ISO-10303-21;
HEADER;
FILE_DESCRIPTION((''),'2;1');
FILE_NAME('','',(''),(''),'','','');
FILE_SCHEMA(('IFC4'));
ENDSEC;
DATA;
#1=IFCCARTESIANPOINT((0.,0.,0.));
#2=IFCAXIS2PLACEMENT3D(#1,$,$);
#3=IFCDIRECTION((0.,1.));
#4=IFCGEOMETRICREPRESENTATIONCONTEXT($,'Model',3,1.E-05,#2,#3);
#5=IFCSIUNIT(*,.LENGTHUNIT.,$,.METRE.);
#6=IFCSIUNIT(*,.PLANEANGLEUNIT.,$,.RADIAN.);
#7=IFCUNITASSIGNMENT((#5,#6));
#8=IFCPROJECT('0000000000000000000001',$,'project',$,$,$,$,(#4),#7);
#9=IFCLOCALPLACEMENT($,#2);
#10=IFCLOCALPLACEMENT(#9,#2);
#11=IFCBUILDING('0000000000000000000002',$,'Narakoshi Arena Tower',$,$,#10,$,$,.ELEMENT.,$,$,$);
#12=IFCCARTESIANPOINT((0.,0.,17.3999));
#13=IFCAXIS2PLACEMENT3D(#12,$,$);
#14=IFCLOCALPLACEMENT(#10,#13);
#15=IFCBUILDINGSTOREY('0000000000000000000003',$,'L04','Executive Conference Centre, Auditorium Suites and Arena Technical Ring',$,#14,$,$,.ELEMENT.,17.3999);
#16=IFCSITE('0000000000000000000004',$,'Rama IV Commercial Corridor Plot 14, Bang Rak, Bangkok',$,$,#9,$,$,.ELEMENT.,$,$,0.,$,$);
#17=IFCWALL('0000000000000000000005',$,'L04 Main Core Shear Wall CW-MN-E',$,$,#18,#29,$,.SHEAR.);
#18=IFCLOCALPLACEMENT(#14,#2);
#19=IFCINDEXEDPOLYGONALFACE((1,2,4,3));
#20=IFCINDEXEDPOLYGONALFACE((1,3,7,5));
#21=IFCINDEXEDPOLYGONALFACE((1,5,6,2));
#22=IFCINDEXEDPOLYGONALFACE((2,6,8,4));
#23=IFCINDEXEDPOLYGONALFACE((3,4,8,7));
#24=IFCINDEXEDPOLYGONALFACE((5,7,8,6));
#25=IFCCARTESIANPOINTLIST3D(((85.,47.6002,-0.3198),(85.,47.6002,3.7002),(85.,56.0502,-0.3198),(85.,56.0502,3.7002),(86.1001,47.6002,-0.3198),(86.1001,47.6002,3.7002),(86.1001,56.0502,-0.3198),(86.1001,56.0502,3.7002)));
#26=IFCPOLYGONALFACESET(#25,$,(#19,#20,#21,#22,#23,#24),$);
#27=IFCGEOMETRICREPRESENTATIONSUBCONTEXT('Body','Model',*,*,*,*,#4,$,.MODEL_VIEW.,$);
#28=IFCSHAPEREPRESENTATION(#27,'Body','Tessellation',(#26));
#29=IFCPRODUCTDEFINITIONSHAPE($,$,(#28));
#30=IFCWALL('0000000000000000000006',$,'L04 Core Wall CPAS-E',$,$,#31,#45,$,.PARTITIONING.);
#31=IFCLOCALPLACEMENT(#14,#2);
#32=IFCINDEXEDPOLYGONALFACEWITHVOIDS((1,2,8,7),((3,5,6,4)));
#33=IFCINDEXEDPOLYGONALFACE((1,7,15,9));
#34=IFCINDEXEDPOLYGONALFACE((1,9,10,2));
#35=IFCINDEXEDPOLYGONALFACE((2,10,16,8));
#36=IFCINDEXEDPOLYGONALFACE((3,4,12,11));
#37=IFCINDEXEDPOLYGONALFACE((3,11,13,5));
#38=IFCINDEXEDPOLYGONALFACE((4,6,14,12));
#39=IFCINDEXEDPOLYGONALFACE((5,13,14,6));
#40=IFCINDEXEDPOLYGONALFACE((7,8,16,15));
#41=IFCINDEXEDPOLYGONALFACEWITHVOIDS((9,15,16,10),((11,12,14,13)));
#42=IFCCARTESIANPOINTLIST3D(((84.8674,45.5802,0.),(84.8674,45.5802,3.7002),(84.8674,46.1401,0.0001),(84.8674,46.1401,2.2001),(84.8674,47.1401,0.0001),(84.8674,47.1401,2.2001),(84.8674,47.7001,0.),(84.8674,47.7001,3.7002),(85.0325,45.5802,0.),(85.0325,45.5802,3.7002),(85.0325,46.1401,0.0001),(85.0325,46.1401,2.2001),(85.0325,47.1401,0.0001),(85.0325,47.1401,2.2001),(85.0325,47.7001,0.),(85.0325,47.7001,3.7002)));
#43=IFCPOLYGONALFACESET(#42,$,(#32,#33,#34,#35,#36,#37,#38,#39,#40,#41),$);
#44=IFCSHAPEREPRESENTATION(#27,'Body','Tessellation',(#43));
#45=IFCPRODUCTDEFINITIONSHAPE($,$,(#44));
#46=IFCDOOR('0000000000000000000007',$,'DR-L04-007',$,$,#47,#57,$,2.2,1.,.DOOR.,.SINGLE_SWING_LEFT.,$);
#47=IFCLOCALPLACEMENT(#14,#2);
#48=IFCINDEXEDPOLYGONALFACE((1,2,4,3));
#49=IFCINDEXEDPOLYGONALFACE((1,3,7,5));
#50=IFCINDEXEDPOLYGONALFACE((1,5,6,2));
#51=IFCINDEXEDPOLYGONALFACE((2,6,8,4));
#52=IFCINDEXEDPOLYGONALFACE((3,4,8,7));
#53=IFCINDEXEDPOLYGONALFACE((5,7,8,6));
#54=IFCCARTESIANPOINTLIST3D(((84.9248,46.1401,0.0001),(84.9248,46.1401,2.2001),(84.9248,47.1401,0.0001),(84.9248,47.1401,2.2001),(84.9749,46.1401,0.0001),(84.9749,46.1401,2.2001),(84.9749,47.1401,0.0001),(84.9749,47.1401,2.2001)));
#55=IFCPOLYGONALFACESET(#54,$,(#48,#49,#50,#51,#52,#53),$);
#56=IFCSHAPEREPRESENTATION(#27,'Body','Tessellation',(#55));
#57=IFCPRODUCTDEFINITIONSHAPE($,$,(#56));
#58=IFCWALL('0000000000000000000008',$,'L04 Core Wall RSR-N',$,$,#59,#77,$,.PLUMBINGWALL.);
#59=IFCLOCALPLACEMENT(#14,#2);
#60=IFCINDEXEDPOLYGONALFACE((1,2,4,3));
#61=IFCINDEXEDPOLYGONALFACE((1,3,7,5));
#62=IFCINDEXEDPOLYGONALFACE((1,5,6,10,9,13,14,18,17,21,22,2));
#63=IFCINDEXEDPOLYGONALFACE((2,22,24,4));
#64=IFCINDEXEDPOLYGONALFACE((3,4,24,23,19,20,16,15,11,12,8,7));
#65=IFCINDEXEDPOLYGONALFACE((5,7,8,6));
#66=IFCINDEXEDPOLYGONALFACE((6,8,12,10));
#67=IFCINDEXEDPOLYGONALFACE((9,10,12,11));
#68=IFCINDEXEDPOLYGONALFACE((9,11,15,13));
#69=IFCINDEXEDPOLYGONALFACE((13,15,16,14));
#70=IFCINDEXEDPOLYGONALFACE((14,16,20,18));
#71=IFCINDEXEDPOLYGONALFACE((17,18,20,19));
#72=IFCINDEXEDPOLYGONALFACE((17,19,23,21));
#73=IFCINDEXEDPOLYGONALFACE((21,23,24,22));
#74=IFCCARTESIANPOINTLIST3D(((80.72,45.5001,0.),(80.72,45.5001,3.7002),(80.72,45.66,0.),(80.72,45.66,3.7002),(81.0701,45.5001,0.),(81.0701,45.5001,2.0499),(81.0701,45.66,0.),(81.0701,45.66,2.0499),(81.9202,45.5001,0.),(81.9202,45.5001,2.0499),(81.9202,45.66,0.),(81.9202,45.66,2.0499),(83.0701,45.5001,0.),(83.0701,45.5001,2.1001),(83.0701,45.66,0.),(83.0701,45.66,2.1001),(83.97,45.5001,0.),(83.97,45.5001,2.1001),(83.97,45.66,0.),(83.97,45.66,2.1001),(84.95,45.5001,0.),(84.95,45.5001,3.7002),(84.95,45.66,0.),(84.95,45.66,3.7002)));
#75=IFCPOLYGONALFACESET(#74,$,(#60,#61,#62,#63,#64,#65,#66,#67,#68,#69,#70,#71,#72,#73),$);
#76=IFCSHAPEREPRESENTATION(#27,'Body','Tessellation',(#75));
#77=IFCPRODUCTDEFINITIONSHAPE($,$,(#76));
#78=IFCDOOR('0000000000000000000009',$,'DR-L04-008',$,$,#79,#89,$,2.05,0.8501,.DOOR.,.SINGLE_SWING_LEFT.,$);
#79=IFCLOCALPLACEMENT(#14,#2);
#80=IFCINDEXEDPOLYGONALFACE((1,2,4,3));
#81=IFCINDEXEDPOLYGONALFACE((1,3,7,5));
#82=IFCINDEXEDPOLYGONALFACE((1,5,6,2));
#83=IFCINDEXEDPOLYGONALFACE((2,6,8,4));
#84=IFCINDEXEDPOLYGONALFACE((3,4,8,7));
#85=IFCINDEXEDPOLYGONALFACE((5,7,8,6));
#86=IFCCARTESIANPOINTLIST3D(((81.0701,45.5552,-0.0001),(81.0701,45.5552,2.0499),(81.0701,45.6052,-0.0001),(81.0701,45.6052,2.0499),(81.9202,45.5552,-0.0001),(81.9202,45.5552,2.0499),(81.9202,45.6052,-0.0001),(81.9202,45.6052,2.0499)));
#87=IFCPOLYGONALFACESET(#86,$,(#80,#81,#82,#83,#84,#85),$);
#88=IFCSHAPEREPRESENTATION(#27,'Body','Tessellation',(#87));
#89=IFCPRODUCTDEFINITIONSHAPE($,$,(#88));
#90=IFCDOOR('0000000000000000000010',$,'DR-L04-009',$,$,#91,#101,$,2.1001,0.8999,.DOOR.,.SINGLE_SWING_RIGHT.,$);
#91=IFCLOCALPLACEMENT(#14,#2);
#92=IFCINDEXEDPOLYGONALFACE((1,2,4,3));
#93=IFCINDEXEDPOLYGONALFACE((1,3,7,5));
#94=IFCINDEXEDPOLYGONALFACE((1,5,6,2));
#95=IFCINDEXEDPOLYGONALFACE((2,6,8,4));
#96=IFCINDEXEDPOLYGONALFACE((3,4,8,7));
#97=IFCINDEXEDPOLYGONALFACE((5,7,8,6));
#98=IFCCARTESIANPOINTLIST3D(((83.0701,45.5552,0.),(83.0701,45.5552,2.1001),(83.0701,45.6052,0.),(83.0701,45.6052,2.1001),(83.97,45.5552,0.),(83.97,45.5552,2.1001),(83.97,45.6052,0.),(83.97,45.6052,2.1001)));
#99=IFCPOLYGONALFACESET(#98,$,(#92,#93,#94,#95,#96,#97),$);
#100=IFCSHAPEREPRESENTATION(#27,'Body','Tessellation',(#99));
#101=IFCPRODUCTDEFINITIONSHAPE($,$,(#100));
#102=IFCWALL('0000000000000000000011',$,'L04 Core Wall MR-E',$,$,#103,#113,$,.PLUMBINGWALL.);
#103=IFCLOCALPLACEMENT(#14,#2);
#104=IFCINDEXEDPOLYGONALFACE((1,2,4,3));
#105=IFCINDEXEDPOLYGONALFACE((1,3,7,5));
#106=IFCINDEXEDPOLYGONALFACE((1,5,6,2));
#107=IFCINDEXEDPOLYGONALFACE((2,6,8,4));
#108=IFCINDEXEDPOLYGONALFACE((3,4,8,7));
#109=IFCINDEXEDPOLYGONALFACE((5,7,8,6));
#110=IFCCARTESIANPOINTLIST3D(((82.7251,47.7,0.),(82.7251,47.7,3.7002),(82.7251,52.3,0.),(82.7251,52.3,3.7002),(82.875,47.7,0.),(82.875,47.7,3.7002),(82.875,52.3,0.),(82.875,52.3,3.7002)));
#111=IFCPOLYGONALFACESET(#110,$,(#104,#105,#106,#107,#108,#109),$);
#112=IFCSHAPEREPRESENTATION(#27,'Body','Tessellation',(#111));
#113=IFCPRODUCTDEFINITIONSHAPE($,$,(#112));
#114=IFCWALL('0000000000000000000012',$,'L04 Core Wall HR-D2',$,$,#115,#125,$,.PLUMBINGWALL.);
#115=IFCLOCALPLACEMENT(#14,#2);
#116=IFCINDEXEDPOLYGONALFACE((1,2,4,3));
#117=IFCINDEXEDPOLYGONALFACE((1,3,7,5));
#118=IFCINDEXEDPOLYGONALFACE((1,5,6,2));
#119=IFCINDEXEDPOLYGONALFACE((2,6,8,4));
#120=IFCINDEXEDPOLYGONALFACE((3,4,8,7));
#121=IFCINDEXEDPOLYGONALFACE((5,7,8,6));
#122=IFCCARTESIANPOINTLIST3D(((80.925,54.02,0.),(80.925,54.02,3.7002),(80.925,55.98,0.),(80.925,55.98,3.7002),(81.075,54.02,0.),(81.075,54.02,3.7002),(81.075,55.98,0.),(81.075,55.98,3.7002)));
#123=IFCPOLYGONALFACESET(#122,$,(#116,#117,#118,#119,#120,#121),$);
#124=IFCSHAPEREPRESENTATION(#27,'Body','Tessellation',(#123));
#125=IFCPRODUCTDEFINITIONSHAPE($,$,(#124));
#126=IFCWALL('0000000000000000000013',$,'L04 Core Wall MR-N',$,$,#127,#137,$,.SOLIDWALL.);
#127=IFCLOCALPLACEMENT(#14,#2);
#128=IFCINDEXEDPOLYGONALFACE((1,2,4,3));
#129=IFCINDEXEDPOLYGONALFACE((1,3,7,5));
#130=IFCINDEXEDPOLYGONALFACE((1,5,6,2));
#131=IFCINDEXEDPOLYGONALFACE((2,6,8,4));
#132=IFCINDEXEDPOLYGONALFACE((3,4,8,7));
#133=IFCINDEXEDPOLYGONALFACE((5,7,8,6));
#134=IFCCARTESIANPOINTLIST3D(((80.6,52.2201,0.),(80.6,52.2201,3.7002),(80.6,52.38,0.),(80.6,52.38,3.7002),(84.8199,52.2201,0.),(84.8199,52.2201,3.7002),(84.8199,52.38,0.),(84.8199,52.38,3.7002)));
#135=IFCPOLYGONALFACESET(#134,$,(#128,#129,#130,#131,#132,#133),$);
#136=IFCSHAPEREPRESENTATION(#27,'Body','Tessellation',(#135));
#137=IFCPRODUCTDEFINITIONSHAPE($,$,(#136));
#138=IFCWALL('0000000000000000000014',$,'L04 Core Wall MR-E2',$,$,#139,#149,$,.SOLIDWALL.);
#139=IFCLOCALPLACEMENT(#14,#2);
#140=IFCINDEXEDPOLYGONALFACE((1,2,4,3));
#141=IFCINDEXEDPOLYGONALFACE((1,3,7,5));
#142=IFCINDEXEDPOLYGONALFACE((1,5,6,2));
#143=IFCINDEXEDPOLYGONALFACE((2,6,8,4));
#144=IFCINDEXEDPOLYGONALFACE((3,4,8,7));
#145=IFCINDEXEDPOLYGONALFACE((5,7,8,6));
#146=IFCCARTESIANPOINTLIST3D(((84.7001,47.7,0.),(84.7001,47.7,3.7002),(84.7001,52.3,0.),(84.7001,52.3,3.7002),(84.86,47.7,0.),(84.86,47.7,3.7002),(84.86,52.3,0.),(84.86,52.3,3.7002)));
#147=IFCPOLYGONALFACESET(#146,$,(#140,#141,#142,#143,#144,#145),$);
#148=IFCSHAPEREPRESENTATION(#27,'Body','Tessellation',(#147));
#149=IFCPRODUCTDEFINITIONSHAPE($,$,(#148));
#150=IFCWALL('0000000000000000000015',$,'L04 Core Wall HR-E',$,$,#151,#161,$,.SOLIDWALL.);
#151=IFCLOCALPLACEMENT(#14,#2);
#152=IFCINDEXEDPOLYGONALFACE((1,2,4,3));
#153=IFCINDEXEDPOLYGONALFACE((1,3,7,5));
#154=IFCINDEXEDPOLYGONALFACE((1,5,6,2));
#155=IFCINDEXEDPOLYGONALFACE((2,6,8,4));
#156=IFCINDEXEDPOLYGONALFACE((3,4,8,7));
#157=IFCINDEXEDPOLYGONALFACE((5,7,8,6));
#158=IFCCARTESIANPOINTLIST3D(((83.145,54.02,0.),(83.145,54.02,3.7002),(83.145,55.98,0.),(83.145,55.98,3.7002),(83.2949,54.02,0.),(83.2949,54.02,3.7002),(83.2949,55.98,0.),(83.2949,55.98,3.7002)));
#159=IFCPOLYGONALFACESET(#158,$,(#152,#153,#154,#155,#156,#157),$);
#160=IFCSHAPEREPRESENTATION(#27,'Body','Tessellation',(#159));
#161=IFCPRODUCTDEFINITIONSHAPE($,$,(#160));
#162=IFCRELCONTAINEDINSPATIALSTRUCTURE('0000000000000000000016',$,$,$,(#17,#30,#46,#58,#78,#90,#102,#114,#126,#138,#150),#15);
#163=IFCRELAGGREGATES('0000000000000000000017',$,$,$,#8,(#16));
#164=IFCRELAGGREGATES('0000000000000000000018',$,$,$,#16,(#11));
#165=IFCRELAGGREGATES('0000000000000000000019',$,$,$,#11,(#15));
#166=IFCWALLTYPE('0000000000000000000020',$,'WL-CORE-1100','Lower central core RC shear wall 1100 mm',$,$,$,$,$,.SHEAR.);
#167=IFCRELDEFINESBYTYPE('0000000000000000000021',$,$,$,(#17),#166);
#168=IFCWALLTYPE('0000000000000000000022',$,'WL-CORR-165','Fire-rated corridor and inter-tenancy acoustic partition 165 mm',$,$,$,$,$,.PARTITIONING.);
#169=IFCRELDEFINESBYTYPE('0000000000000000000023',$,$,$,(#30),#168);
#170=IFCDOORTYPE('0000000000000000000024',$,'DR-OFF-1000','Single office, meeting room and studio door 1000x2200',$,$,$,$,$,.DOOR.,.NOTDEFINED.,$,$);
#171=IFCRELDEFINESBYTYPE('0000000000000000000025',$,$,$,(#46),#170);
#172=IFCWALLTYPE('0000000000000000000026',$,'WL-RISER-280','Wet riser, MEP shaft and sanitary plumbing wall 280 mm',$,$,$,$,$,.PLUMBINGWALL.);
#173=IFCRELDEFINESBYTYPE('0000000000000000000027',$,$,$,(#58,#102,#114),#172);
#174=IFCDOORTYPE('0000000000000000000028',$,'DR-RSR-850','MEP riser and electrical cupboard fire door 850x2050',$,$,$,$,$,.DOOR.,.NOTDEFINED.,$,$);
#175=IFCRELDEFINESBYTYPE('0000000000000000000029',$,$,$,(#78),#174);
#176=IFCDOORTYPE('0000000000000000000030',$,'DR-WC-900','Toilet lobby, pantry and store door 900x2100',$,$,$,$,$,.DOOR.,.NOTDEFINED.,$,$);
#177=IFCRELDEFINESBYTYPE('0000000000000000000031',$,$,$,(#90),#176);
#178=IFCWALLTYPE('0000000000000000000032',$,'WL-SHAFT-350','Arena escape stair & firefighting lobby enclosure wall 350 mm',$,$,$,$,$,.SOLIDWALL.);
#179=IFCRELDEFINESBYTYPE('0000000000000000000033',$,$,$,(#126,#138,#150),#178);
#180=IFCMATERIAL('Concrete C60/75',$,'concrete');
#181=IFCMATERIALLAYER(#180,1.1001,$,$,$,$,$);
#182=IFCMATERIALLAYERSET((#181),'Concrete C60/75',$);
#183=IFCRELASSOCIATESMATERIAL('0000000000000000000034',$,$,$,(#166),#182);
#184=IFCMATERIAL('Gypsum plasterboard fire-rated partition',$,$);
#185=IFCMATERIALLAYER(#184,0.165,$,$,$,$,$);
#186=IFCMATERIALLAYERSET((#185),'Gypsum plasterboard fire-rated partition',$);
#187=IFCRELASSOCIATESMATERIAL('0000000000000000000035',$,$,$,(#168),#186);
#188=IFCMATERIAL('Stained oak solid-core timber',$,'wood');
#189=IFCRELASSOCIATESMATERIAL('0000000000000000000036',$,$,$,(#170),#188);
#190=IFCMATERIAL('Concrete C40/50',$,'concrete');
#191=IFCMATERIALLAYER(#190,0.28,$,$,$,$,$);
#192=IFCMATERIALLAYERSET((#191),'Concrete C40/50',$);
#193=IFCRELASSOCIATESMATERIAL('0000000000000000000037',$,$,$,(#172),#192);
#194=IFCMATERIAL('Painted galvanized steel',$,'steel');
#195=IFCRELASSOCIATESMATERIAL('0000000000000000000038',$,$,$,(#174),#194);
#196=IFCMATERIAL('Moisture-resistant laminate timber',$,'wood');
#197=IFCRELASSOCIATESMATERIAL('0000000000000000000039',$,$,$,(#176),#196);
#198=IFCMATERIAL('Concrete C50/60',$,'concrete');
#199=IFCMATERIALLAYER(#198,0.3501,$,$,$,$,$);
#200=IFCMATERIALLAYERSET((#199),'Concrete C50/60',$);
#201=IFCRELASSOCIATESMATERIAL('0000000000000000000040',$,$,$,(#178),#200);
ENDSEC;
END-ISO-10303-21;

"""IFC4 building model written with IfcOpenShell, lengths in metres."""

from ifc_helpers import new_model, si_unit, direction, frame, frame_2d, origin, place, context, subcontext, project, spatial, rectangle, extrude, material, layer, layer_set, type_object, element, fill, save


model = new_model("IFC4")

# Units and contexts
model_context = context("Model", 3, precision=1e-05, world=origin(), true_north=direction((0.0, 1.0)))
body_context = subcontext(model_context, "Body", "Model", "MODEL_VIEW")
ifc_project = project(units=[si_unit("LENGTHUNIT", "METRE"), si_unit("PLANEANGLEUNIT", "RADIAN")], contexts=[model_context])

# Site, building, storey
site_placement = place(None, origin())
site = spatial("IfcSite", under=ifc_project, at=site_placement, Name="Rama IV Commercial Corridor Plot 14, Bang Rak, Bangkok", CompositionType="ELEMENT", RefElevation=0.0)
building_placement = place(site_placement, origin())
building = spatial("IfcBuilding", under=site, at=building_placement, Name="Narakoshi Arena Tower", CompositionType="ELEMENT")
storey_placement = place(building_placement, frame((0.0, 0.0, 17.3999)))
storey = spatial("IfcBuildingStorey", under=building, at=storey_placement, Name="L04", Description="Executive Conference Centre, Auditorium Suites and Arena Technical Ring", CompositionType="ELEMENT", Elevation=17.3999)

# Shared definitions
ifc_material_1 = material(Name="Concrete C60/75", Category="concrete")

# Wall
ifc_layer_1 = layer(ifc_material_1, 1.1001)
ifc_layer_set_1 = layer_set([ifc_layer_1], Name="Concrete C60/75")
wall_type_1 = type_object("IfcWallType", Name="WL-CORE-1100", Description="Lower central core RC shear wall 1100 mm", PredefinedType="SHEAR", material=ifc_layer_set_1)
wall_1_placement = place(storey_placement, frame((85.55, 47.6001, -0.3198), z_axis=(0.0, 0.0, 1.0), x_axis=(0.0, 1.0, 0.0)))
element("IfcWall", 1, at=wall_1_placement, inside=storey, type_object=wall_type_1, Name="L04 Main Core Shear Wall CW-MN-E", PredefinedType="SHEAR", context=body_context, shape_type="SweptSolid", body=[
    extrude(rectangle(XDim=8.45, YDim=1.1001, at=frame_2d((4.2251, 0.0))), origin(), (0.0, 0.0, 1.0), 4.02),
])

# Wall, opening, door
ifc_material_2 = material(Name="Gypsum plasterboard fire-rated partition")
ifc_layer_2 = layer(ifc_material_2, 0.165)
ifc_layer_set_2 = layer_set([ifc_layer_2], Name="Gypsum plasterboard fire-rated partition")
wall_type_2 = type_object("IfcWallType", Name="WL-CORR-165", Description="Fire-rated corridor and inter-tenancy acoustic partition 165 mm", PredefinedType="PARTITIONING", material=ifc_layer_set_2)
wall_2_placement = place(storey_placement, frame((84.95, 45.5801, 0.0), z_axis=(0.0, 0.0, 1.0), x_axis=(0.0, 1.0, 0.0)))
wall_2 = element("IfcWall", 2, at=wall_2_placement, inside=storey, type_object=wall_type_2, Name="L04 Core Wall CPAS-E", PredefinedType="PARTITIONING", context=body_context, shape_type="SweptSolid", body=[
    extrude(rectangle(XDim=2.1199, YDim=0.165, at=frame_2d((1.0601, 0.0))), origin(), (0.0, 0.0, 1.0), 3.7002),
])
opening_1_placement = place(wall_2_placement, frame((0.5601, 0.0, 0.0)))
opening_1 = element("IfcOpeningElement", 3, at=opening_1_placement, cuts=wall_2, PredefinedType="OPENING", context=body_context, shape_type="SweptSolid", body=[
    extrude(rectangle(XDim=1.0, YDim=2.2, at=frame_2d((0.5, 1.1001))), frame((0.0, 0.0925, 0.0), z_axis=(0.0, -1.0, 0.0), x_axis=(1.0, 0.0, 0.0)), (0.0, 0.0, 1.0), 0.1851),
])
ifc_material_3 = material(Name="Stained oak solid-core timber", Category="wood")
door_type_1 = type_object("IfcDoorType", Name="DR-OFF-1000", Description="Single office, meeting room and studio door 1000x2200", OperationType="NOTDEFINED", PredefinedType="DOOR", material=ifc_material_3)
door_1_placement = place(opening_1_placement, frame((1.0, 0.0, 0.0), z_axis=(0.0, 0.0, 1.0), x_axis=(-1.0, 0.0, 0.0)))
door_1 = element("IfcDoor", 4, at=door_1_placement, inside=storey, type_object=door_type_1, Name="DR-L04-007", OperationType="SINGLE_SWING_LEFT", OverallHeight=2.2, OverallWidth=1.0, PredefinedType="DOOR", context=body_context, shape_type="SweptSolid", body=[
    extrude(rectangle(XDim=1.0, YDim=2.2, at=frame_2d((0.5, 1.1001))), frame((0.0, 0.0249, 0.0), z_axis=(0.0, -1.0, 0.0), x_axis=(1.0, 0.0, 0.0)), (0.0, 0.0, 1.0), 0.05),
])
fill(opening_1, door_1)

# Wall, openings, doors
ifc_material_4 = material(Name="Concrete C40/50", Category="concrete")
ifc_layer_3 = layer(ifc_material_4, 0.28)
ifc_layer_set_3 = layer_set([ifc_layer_3], Name="Concrete C40/50")
wall_type_3 = type_object("IfcWallType", Name="WL-RISER-280", Description="Wet riser, MEP shaft and sanitary plumbing wall 280 mm", PredefinedType="PLUMBINGWALL", material=ifc_layer_set_3)
wall_3_placement = place(storey_placement, frame((80.72, 45.5801, 0.0), z_axis=(0.0, 0.0, 1.0), x_axis=(1.0, 0.0, 0.0)))
wall_3 = element("IfcWall", 5, at=wall_3_placement, inside=storey, type_object=wall_type_3, Name="L04 Core Wall RSR-N", PredefinedType="PLUMBINGWALL", context=body_context, shape_type="SweptSolid", body=[
    extrude(rectangle(XDim=4.23, YDim=0.1599, at=frame_2d((2.115, 0.0))), origin(), (0.0, 0.0, 1.0), 3.7002),
])
opening_2_placement = place(wall_3_placement, frame((0.3501, 0.0, 0.0)))
opening_2 = element("IfcOpeningElement", 6, at=opening_2_placement, cuts=wall_3, PredefinedType="OPENING", context=body_context, shape_type="SweptSolid", body=[
    extrude(rectangle(XDim=0.8501, YDim=2.05, at=frame_2d((0.425, 1.0249))), frame((0.0, 0.0898, 0.0), z_axis=(0.0, -1.0, 0.0), x_axis=(1.0, 0.0, 0.0)), (0.0, 0.0, 1.0), 0.1799),
])
opening_3_placement = place(wall_3_placement, frame((2.3501, 0.0, 0.0)))
opening_3 = element("IfcOpeningElement", 7, at=opening_3_placement, cuts=wall_3, PredefinedType="OPENING", context=body_context, shape_type="SweptSolid", body=[
    extrude(rectangle(XDim=0.8999, YDim=2.1001, at=frame_2d((0.45, 1.05))), frame((0.0, 0.0898, 0.0), z_axis=(0.0, -1.0, 0.0), x_axis=(1.0, 0.0, 0.0)), (0.0, 0.0, 1.0), 0.1799),
])
ifc_material_5 = material(Name="Painted galvanized steel", Category="steel")
door_type_2 = type_object("IfcDoorType", Name="DR-RSR-850", Description="MEP riser and electrical cupboard fire door 850x2050", OperationType="NOTDEFINED", PredefinedType="DOOR", material=ifc_material_5)
door_2_placement = place(opening_2_placement, frame((0.8501, 0.0, 0.0), z_axis=(0.0, 0.0, 1.0), x_axis=(-1.0, 0.0, 0.0)))
door_2 = element("IfcDoor", 8, at=door_2_placement, inside=storey, type_object=door_type_2, Name="DR-L04-008", OperationType="SINGLE_SWING_LEFT", OverallHeight=2.05, OverallWidth=0.8501, PredefinedType="DOOR", context=body_context, shape_type="SweptSolid", body=[
    extrude(rectangle(XDim=0.8501, YDim=2.05, at=frame_2d((0.425, 1.0249))), frame((0.0, 0.0249, 0.0), z_axis=(0.0, -1.0, 0.0), x_axis=(1.0, 0.0, 0.0)), (0.0, 0.0, 1.0), 0.05),
])
fill(opening_2, door_2)
ifc_material_6 = material(Name="Moisture-resistant laminate timber", Category="wood")
door_type_3 = type_object("IfcDoorType", Name="DR-WC-900", Description="Toilet lobby, pantry and store door 900x2100", OperationType="NOTDEFINED", PredefinedType="DOOR", material=ifc_material_6)
door_3_placement = place(opening_3_placement, frame((0.8999, 0.0, 0.0), z_axis=(0.0, 0.0, 1.0), x_axis=(-1.0, 0.0, 0.0)))
door_3 = element("IfcDoor", 9, at=door_3_placement, inside=storey, type_object=door_type_3, Name="DR-L04-009", OperationType="SINGLE_SWING_RIGHT", OverallHeight=2.1001, OverallWidth=0.8999, PredefinedType="DOOR", context=body_context, shape_type="SweptSolid", body=[
    extrude(rectangle(XDim=0.8999, YDim=2.1001, at=frame_2d((0.45, 1.05))), frame((0.0, 0.0249, 0.0), z_axis=(0.0, -1.0, 0.0), x_axis=(1.0, 0.0, 0.0)), (0.0, 0.0, 1.0), 0.05),
])
fill(opening_3, door_3)

# Walls
wall_4_placement = place(storey_placement, frame((82.8, 47.7, 0.0), z_axis=(0.0, 0.0, 1.0), x_axis=(0.0, 1.0, 0.0)))
element("IfcWall", 10, at=wall_4_placement, inside=storey, type_object=wall_type_3, Name="L04 Core Wall MR-E", PredefinedType="PLUMBINGWALL", context=body_context, shape_type="SweptSolid", body=[
    extrude(rectangle(XDim=4.6001, YDim=0.1499, at=frame_2d((2.3, 0.0))), origin(), (0.0, 0.0, 1.0), 3.7002),
])
wall_5_placement = place(storey_placement, frame((81.0, 54.02, 0.0), z_axis=(0.0, 0.0, 1.0), x_axis=(0.0, 1.0, 0.0)))
element("IfcWall", 11, at=wall_5_placement, inside=storey, type_object=wall_type_3, Name="L04 Core Wall HR-D2", PredefinedType="PLUMBINGWALL", context=body_context, shape_type="SweptSolid", body=[
    extrude(rectangle(XDim=1.96, YDim=0.1499, at=frame_2d((0.98, 0.0))), origin(), (0.0, 0.0, 1.0), 3.7002),
])
ifc_material_7 = material(Name="Concrete C50/60", Category="concrete")
ifc_layer_4 = layer(ifc_material_7, 0.3501)
ifc_layer_set_4 = layer_set([ifc_layer_4], Name="Concrete C50/60")
wall_type_4 = type_object("IfcWallType", Name="WL-SHAFT-350", Description="Arena escape stair & firefighting lobby enclosure wall 350 mm", PredefinedType="SOLIDWALL", material=ifc_layer_set_4)
wall_6_placement = place(storey_placement, frame((80.6001, 52.3, 0.0), z_axis=(0.0, 0.0, 1.0), x_axis=(1.0, 0.0, 0.0)))
element("IfcWall", 12, at=wall_6_placement, inside=storey, type_object=wall_type_4, Name="L04 Core Wall MR-N", PredefinedType="SOLIDWALL", context=body_context, shape_type="SweptSolid", body=[
    extrude(rectangle(XDim=4.22, YDim=0.1599, at=frame_2d((2.1099, 0.0))), origin(), (0.0, 0.0, 1.0), 3.7002),
])
wall_7_placement = place(storey_placement, frame((84.78, 47.7, 0.0), z_axis=(0.0, 0.0, 1.0), x_axis=(0.0, 1.0, 0.0)))
element("IfcWall", 13, at=wall_7_placement, inside=storey, type_object=wall_type_4, Name="L04 Core Wall MR-E2", PredefinedType="SOLIDWALL", context=body_context, shape_type="SweptSolid", body=[
    extrude(rectangle(XDim=4.6001, YDim=0.1599, at=frame_2d((2.3, 0.0))), origin(), (0.0, 0.0, 1.0), 3.7002),
])
wall_8_placement = place(storey_placement, frame((83.22, 54.02, 0.0), z_axis=(0.0, 0.0, 1.0), x_axis=(0.0, 1.0, 0.0)))
element("IfcWall", 14, at=wall_8_placement, inside=storey, type_object=wall_type_4, Name="L04 Core Wall HR-E", PredefinedType="SOLIDWALL", context=body_context, shape_type="SweptSolid", body=[
    extrude(rectangle(XDim=1.96, YDim=0.1499, at=frame_2d((0.98, 0.0))), origin(), (0.0, 0.0, 1.0), 3.7002),
])

save(model, "model.ifc")
